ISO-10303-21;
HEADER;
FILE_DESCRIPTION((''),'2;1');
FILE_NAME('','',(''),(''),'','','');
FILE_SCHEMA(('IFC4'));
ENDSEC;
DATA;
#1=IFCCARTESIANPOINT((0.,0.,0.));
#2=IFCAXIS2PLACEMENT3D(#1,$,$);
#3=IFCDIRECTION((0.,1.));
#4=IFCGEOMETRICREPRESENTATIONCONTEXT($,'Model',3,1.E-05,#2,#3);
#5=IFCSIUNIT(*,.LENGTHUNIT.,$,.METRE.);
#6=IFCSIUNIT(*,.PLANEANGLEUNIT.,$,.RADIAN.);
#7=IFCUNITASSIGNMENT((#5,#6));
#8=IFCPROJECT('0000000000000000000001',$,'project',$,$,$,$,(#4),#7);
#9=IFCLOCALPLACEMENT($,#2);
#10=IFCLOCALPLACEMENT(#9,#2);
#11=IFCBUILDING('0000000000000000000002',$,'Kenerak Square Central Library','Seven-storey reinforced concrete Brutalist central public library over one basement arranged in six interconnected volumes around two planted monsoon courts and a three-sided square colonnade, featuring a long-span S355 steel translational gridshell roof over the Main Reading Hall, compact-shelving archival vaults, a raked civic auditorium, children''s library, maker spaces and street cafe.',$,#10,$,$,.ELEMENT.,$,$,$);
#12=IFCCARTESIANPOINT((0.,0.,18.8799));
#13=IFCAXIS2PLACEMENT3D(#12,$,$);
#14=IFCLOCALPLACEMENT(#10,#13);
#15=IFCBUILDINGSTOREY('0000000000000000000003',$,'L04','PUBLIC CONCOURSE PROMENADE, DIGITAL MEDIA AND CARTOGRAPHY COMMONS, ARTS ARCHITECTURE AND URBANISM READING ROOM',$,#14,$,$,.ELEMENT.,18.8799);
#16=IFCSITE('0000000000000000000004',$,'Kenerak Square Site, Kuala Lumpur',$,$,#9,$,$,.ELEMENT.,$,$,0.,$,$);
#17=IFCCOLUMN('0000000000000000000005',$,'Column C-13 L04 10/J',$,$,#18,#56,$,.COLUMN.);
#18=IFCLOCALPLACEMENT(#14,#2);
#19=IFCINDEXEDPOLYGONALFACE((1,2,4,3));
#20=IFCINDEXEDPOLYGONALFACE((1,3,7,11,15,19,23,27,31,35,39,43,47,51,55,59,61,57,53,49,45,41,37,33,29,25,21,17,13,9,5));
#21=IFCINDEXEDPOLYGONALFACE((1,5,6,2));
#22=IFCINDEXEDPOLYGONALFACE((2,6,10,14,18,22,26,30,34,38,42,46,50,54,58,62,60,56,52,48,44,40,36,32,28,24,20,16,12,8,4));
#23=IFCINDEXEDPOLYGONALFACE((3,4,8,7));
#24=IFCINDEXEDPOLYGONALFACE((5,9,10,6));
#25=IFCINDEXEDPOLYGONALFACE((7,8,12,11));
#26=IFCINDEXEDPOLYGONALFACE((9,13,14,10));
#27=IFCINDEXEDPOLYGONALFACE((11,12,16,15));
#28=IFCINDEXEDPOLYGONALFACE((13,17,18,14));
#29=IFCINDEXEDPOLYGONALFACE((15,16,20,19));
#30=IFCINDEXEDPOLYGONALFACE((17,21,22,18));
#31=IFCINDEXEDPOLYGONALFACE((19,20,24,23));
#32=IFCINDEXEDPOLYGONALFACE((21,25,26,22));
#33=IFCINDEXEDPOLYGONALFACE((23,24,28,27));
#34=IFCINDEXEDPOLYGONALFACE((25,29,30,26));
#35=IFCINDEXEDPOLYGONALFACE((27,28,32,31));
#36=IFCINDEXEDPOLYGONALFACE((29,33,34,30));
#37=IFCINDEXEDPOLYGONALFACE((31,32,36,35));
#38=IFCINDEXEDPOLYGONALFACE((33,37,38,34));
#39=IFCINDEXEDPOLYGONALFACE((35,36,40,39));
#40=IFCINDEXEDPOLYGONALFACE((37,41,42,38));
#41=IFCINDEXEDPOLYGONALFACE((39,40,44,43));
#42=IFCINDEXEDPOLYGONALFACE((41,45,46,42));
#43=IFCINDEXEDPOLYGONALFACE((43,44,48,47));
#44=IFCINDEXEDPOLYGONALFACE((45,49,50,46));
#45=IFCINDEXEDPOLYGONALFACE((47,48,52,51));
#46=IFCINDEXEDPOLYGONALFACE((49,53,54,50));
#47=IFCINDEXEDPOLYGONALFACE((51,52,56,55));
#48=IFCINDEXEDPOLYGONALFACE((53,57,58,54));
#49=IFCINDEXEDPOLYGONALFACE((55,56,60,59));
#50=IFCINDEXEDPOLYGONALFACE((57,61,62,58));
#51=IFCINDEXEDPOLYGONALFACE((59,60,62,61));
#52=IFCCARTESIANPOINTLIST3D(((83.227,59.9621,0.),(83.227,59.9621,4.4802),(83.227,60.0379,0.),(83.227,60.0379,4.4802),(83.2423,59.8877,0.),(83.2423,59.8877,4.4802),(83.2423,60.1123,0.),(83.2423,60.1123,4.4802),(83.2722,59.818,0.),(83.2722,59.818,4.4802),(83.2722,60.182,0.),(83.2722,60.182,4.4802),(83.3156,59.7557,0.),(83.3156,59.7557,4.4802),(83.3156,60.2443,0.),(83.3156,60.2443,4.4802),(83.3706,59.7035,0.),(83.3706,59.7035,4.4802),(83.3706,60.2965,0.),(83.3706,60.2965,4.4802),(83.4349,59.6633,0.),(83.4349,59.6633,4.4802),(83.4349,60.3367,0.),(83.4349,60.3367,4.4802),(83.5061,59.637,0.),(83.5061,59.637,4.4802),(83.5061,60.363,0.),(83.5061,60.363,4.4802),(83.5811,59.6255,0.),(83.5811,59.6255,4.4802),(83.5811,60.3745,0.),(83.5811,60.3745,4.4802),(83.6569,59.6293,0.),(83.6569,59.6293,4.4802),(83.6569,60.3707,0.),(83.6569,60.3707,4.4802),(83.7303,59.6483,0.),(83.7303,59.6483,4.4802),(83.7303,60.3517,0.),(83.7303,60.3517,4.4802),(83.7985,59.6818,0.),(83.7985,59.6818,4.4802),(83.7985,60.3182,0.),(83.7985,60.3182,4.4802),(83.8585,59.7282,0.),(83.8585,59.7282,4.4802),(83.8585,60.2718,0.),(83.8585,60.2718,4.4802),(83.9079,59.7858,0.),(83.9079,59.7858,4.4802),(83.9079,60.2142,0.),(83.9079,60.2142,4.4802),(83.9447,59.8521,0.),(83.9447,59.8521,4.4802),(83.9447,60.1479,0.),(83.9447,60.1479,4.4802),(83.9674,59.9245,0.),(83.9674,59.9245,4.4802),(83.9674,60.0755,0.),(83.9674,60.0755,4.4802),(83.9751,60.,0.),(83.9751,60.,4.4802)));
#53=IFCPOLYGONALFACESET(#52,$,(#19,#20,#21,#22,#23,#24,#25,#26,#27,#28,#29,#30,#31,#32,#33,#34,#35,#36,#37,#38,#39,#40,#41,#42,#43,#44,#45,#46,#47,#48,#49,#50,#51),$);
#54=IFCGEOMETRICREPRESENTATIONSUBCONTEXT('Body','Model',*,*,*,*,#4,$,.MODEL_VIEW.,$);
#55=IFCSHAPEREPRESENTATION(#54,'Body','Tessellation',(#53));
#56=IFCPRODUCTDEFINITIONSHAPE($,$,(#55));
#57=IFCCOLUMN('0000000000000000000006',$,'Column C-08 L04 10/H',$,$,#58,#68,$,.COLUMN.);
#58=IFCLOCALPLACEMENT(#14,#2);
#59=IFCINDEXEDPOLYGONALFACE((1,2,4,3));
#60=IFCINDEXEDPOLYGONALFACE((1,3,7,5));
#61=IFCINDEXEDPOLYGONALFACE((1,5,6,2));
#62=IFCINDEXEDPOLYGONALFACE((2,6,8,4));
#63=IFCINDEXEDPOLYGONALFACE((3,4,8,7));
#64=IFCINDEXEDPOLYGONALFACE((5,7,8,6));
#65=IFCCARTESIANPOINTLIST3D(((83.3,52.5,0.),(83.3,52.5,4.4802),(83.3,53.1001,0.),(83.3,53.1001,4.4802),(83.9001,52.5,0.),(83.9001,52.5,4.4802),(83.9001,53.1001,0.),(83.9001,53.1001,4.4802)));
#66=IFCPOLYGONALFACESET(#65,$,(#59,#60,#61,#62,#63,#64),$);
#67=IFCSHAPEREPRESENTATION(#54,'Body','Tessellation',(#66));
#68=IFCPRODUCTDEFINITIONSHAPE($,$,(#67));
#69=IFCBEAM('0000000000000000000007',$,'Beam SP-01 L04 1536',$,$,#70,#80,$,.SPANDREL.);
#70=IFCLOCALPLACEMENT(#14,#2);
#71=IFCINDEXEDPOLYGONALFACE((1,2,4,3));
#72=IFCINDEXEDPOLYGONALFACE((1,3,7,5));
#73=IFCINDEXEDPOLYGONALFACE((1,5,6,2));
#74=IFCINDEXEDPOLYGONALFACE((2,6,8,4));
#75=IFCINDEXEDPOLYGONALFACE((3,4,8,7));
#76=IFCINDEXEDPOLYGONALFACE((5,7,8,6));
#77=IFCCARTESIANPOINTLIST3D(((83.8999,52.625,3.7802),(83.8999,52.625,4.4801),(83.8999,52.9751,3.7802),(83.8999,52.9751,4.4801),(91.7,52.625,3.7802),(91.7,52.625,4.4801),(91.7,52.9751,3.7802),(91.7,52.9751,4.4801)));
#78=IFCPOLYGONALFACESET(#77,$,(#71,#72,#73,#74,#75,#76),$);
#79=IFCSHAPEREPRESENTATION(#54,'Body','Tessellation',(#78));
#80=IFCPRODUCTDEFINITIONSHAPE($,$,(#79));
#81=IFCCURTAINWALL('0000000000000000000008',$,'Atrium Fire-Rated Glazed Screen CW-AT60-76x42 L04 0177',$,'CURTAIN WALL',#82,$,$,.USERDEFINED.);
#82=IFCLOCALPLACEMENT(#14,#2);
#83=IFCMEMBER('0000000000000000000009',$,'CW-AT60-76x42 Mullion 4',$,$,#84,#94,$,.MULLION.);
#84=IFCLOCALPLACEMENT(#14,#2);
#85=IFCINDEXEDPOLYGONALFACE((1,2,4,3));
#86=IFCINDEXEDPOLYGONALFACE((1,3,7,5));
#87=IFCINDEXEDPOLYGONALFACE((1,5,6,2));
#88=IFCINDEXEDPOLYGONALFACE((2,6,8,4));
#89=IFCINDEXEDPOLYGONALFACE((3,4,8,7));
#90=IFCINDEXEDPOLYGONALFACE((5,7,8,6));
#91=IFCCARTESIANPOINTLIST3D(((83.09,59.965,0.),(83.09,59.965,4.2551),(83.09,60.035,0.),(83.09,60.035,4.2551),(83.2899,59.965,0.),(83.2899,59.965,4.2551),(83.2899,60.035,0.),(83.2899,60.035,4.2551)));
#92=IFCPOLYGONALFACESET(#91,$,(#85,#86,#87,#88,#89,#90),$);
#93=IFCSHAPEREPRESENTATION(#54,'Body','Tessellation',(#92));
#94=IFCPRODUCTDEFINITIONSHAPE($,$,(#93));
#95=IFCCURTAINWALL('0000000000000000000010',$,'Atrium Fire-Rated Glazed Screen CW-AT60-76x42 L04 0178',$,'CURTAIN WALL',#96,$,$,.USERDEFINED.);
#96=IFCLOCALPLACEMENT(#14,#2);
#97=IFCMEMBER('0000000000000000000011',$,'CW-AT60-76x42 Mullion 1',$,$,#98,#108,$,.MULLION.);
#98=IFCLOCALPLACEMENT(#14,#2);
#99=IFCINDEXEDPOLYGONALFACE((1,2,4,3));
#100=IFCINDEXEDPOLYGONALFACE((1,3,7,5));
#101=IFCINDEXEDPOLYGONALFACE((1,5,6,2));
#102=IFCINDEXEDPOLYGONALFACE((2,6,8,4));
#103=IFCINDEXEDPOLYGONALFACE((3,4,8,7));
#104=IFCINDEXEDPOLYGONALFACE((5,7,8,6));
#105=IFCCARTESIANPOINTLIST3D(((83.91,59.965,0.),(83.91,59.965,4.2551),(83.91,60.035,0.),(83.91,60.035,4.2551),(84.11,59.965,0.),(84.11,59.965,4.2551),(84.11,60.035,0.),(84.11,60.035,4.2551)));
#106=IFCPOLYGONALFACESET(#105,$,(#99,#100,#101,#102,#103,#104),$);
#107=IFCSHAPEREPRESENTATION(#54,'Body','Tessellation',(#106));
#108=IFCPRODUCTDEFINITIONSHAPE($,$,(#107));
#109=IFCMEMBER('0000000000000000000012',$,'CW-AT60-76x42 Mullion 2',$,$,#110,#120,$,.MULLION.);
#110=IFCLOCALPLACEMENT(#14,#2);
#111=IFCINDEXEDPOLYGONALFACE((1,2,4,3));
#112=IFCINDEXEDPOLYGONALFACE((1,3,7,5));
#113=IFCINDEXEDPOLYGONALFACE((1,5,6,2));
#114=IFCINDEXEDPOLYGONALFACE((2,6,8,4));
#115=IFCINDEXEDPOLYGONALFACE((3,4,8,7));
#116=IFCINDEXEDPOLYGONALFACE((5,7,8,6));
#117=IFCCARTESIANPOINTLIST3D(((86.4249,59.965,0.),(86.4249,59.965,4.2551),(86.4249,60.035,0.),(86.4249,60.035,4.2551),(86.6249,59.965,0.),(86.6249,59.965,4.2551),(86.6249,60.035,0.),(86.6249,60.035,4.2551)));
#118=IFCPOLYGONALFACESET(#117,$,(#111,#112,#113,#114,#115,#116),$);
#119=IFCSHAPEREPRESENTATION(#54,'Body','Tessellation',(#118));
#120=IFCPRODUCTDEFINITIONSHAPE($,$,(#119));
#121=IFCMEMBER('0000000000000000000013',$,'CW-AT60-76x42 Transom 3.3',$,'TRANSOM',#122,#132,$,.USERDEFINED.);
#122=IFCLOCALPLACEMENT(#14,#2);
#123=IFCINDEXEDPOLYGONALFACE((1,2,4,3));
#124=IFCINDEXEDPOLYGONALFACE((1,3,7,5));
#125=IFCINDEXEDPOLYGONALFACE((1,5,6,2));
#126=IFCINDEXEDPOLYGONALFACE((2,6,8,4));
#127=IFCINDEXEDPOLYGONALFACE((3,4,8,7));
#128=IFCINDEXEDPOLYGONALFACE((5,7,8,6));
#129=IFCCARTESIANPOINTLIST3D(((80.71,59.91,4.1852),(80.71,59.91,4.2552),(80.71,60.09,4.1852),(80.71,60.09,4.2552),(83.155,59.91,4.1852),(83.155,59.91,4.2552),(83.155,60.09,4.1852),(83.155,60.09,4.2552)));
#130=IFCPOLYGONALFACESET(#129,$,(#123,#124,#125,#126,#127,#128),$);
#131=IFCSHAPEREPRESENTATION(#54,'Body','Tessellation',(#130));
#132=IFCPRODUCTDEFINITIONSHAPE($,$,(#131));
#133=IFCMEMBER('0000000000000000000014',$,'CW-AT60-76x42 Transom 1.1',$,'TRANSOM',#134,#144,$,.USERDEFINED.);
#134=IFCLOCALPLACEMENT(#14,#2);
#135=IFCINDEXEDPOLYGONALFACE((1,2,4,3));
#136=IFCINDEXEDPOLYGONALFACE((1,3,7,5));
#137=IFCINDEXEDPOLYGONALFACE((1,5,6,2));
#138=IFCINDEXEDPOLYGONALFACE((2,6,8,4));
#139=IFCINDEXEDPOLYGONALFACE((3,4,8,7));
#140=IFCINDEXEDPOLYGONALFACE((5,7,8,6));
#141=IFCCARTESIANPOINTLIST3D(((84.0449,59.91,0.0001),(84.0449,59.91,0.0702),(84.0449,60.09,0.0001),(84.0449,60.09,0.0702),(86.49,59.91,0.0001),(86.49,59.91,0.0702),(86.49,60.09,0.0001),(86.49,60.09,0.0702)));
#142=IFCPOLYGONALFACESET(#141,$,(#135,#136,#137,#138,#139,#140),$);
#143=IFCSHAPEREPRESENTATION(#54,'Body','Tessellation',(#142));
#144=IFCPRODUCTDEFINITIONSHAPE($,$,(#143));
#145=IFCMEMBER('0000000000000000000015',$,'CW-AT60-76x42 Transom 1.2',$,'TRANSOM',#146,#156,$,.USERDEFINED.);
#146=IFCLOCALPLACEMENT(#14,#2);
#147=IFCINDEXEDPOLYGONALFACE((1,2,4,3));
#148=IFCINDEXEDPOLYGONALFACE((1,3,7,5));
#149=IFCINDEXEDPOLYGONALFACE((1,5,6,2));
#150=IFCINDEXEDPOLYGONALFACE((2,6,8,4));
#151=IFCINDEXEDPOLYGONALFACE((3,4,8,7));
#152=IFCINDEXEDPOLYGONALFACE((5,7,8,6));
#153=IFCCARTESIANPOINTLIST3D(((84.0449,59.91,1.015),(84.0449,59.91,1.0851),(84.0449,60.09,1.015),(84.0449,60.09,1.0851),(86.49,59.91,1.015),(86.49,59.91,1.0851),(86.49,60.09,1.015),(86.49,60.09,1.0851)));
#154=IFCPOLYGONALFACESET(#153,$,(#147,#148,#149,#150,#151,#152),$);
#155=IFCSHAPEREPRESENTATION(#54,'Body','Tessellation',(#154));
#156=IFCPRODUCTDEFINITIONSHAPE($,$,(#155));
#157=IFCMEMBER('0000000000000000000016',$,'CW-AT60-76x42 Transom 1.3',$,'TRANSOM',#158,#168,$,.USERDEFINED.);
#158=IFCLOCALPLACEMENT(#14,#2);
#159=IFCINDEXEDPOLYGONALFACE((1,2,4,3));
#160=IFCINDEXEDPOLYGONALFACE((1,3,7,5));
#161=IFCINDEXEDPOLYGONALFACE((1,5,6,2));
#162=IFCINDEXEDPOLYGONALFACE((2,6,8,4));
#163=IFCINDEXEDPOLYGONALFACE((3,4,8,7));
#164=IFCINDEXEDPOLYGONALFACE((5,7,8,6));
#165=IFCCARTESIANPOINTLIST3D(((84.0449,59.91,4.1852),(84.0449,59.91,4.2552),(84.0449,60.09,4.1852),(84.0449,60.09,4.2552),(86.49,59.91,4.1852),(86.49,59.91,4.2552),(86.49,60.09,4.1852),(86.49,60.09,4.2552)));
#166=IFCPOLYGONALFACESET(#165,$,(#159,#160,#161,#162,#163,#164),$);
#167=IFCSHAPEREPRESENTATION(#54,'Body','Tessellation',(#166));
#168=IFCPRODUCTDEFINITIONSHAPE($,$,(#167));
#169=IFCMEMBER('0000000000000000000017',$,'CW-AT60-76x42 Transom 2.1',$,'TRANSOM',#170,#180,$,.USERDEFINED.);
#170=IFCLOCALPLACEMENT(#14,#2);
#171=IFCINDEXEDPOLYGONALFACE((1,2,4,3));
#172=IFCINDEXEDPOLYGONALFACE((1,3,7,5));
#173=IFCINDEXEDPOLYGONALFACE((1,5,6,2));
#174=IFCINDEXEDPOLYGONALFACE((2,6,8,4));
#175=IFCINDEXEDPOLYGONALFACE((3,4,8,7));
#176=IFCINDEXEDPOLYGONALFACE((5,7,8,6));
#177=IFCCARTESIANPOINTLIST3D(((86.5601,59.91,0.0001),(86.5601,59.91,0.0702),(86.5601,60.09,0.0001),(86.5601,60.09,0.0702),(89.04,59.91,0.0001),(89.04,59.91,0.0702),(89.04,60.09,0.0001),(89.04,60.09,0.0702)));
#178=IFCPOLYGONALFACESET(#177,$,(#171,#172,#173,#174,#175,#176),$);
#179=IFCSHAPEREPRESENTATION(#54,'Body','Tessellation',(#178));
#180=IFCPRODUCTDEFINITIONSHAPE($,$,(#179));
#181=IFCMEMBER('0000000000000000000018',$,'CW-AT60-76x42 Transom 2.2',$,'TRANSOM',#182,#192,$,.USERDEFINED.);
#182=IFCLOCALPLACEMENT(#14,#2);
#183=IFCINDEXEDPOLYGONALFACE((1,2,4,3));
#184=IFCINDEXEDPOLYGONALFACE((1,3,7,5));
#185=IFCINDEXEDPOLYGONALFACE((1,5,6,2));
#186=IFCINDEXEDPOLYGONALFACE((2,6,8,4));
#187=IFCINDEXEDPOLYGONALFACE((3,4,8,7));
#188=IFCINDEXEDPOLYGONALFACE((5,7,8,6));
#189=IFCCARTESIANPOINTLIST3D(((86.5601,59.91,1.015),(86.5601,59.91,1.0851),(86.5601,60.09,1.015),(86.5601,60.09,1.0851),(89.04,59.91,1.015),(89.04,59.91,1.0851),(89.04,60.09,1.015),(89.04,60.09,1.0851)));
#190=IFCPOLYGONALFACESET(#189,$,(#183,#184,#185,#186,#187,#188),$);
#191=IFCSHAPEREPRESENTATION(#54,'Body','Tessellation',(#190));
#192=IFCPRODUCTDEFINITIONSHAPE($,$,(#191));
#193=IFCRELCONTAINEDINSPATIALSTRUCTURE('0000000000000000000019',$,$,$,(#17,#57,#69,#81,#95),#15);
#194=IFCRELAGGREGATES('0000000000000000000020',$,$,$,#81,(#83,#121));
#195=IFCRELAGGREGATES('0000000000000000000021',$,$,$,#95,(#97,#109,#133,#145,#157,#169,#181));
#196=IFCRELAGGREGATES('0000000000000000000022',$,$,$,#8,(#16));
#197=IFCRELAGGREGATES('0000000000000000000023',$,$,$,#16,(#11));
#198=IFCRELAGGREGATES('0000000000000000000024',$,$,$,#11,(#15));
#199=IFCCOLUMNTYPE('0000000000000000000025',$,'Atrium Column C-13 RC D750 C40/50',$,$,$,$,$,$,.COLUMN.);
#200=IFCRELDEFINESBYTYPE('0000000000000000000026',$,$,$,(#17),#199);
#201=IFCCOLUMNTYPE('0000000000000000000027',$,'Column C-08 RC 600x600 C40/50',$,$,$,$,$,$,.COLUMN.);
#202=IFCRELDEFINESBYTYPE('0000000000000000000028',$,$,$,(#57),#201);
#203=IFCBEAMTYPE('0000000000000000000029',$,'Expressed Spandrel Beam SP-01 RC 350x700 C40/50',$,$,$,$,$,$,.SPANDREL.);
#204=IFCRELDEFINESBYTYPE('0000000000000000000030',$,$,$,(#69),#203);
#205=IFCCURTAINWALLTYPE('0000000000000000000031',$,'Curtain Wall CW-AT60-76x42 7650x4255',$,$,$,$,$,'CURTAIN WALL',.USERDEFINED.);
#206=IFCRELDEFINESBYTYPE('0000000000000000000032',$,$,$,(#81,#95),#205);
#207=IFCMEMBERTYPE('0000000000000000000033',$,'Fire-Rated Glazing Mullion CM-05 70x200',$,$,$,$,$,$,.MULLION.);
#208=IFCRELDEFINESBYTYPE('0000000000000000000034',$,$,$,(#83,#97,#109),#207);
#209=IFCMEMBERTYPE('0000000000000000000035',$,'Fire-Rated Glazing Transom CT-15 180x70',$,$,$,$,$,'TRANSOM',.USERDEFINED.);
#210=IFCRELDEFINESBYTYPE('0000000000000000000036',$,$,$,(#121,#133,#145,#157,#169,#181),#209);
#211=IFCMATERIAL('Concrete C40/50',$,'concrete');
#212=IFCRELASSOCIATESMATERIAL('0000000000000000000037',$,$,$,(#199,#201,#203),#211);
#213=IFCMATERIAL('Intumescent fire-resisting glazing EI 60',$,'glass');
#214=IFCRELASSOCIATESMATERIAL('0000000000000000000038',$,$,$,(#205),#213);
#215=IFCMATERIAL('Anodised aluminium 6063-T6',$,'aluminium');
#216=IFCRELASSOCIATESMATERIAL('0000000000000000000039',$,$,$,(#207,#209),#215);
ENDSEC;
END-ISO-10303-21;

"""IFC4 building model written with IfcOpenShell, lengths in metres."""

from ifc_helpers import new_model, si_unit, direction, frame, origin, origin_2d, place, context, subcontext, project, spatial, rectangle, circle, extrude, material, material_profile, profile_set, type_object, element, aggregate, save


model = new_model("IFC4")

# Units and contexts
model_context = context("Model", 3, precision=1e-05, world=origin(), true_north=direction((0.0, 1.0)))
body_context = subcontext(model_context, "Body", "Model", "MODEL_VIEW")
ifc_project = project(units=[si_unit("LENGTHUNIT", "METRE"), si_unit("PLANEANGLEUNIT", "RADIAN")], contexts=[model_context])

# Site, building, storey
site_placement = place(None, origin())
site = spatial("IfcSite", under=ifc_project, at=site_placement, Name="Kenerak Square Site, Kuala Lumpur", CompositionType="ELEMENT", RefElevation=0.0)
building_placement = place(site_placement, origin())
building = spatial("IfcBuilding", under=site, at=building_placement, Name="Kenerak Square Central Library", Description="Seven-storey reinforced concrete Brutalist central public library over one basement arranged in six interconnected volumes around two planted monsoon courts and a three-sided square colonnade, featuring a long-span S355 steel translational gridshell roof over the Main Reading Hall, compact-shelving archival vaults, a raked civic auditorium, children's library, maker spaces and street cafe.", CompositionType="ELEMENT")
storey_placement = place(building_placement, frame((0.0, 0.0, 18.8799)))
storey = spatial("IfcBuildingStorey", under=building, at=storey_placement, Name="L04", Description="PUBLIC CONCOURSE PROMENADE, DIGITAL MEDIA AND CARTOGRAPHY COMMONS, ARTS ARCHITECTURE AND URBANISM READING ROOM", CompositionType="ELEMENT", Elevation=18.8799)

# Columns
ifc_material_1 = material(Name="Concrete C40/50", Category="concrete")
ifc_material_profile_1 = material_profile(ifc_material_1, circle(Radius=0.375, at=origin_2d()), Name="RC D750")
ifc_profile_set_1 = profile_set([ifc_material_profile_1], Name="Concrete C40/50")
column_type_1 = type_object("IfcColumnType", Name="Atrium Column C-13 RC D750 C40/50", PredefinedType="COLUMN", material=ifc_profile_set_1)
column_1_placement = place(storey_placement, frame((83.6001, 60.0, 0.0), z_axis=(0.0, 0.0, 1.0), x_axis=(1.0, 0.0, 0.0)))
element("IfcColumn", 1, at=column_1_placement, inside=storey, type_object=column_type_1, Name="Column C-13 L04 10/J", PredefinedType="COLUMN", context=body_context, shape_type="SweptSolid", body=[
    extrude(circle(Radius=0.375, at=origin_2d()), origin(), (0.0, 0.0, 1.0), 4.4802),
])
ifc_material_profile_2 = material_profile(ifc_material_1, rectangle(XDim=0.6001, YDim=0.6001, at=origin_2d()), Name="RC 600x600")
ifc_profile_set_2 = profile_set([ifc_material_profile_2], Name="Concrete C40/50")
column_type_2 = type_object("IfcColumnType", Name="Column C-08 RC 600x600 C40/50", PredefinedType="COLUMN", material=ifc_profile_set_2)
column_2_placement = place(storey_placement, frame((83.6001, 52.8, 0.0), z_axis=(0.0, 0.0, 1.0), x_axis=(1.0, 0.0, 0.0)))
element("IfcColumn", 2, at=column_2_placement, inside=storey, type_object=column_type_2, Name="Column C-08 L04 10/H", PredefinedType="COLUMN", context=body_context, shape_type="SweptSolid", body=[
    extrude(rectangle(XDim=0.6001, YDim=0.6001, at=origin_2d()), origin(), (0.0, 0.0, 1.0), 4.4802),
])

# Beam
ifc_material_profile_3 = material_profile(ifc_material_1, rectangle(XDim=0.3501, YDim=0.7, at=origin_2d()), Name="RC 350x700")
ifc_profile_set_3 = profile_set([ifc_material_profile_3], Name="Concrete C40/50")
beam_type_1 = type_object("IfcBeamType", Name="Expressed Spandrel Beam SP-01 RC 350x700 C40/50", PredefinedType="SPANDREL", material=ifc_profile_set_3)
beam_1_placement = place(storey_placement, frame((83.8999, 52.8, 4.1301), z_axis=(1.0, 0.0, 0.0), x_axis=(0.0, 1.0, 0.0)))
element("IfcBeam", 3, at=beam_1_placement, inside=storey, type_object=beam_type_1, Name="Beam SP-01 L04 1536", PredefinedType="SPANDREL", context=body_context, shape_type="SweptSolid", body=[
    extrude(rectangle(XDim=0.3501, YDim=0.7, at=origin_2d()), origin(), (0.0, 0.0, 1.0), 7.8),
])

# Curtain wall, member
ifc_material_2 = material(Name="Intumescent fire-resisting glazing EI 60", Category="glass")
curtain_wall_type = type_object("IfcCurtainWallType", Name="Curtain Wall CW-AT60-76x42 7650x4255", ElementType="CURTAIN WALL", PredefinedType="USERDEFINED", material=ifc_material_2)
curtain_wall_1_placement = place(storey_placement, origin())
curtain_wall_1 = element("IfcCurtainWall", 4, at=curtain_wall_1_placement, inside=storey, type_object=curtain_wall_type, Name="Atrium Fire-Rated Glazed Screen CW-AT60-76x42 L04 0177", ObjectType="CURTAIN WALL", PredefinedType="USERDEFINED")
ifc_material_3 = material(Name="Anodised aluminium 6063-T6", Category="aluminium")
ifc_material_profile_4 = material_profile(ifc_material_3, rectangle(XDim=0.0701, YDim=0.2, at=origin_2d()), Name="AL MULLION 70x200")
ifc_profile_set_4 = profile_set([ifc_material_profile_4], Name="Anodised aluminium 6063-T6")
member_type_1 = type_object("IfcMemberType", Name="Fire-Rated Glazing Mullion CM-05 70x200", PredefinedType="MULLION", material=ifc_profile_set_4)
member_1_placement = place(storey_placement, frame((83.1899, 60.0, 0.0), z_axis=(0.0, 0.0, 1.0), x_axis=(0.0, 1.0, 0.0)))
member_1 = element("IfcMember", 5, at=member_1_placement, type_object=member_type_1, Name="CW-AT60-76x42 Mullion 4", PredefinedType="MULLION", context=body_context, shape_type="SweptSolid", body=[
    extrude(rectangle(XDim=0.0701, YDim=0.2, at=origin_2d()), origin(), (0.0, 0.0, 1.0), 4.2551),
])

# Curtain wall, members
curtain_wall_2_placement = place(storey_placement, origin())
curtain_wall_2 = element("IfcCurtainWall", 6, at=curtain_wall_2_placement, inside=storey, type_object=curtain_wall_type, Name="Atrium Fire-Rated Glazed Screen CW-AT60-76x42 L04 0178", ObjectType="CURTAIN WALL", PredefinedType="USERDEFINED")
member_2_placement = place(storey_placement, frame((84.01, 60.0, 0.0), z_axis=(0.0, 0.0, 1.0), x_axis=(0.0, 1.0, 0.0)))
member_2 = element("IfcMember", 7, at=member_2_placement, type_object=member_type_1, Name="CW-AT60-76x42 Mullion 1", PredefinedType="MULLION", context=body_context, shape_type="SweptSolid", body=[
    extrude(rectangle(XDim=0.0701, YDim=0.2, at=origin_2d()), origin(), (0.0, 0.0, 1.0), 4.2551),
])
member_3_placement = place(storey_placement, frame((86.5249, 60.0, 0.0), z_axis=(0.0, 0.0, 1.0), x_axis=(0.0, 1.0, 0.0)))
member_3 = element("IfcMember", 8, at=member_3_placement, type_object=member_type_1, Name="CW-AT60-76x42 Mullion 2", PredefinedType="MULLION", context=body_context, shape_type="SweptSolid", body=[
    extrude(rectangle(XDim=0.0701, YDim=0.2, at=origin_2d()), origin(), (0.0, 0.0, 1.0), 4.2551),
])

# Members
ifc_material_profile_5 = material_profile(ifc_material_3, rectangle(XDim=0.1799, YDim=0.0701, at=origin_2d()), Name="AL TRANSOM 180x70")
ifc_profile_set_5 = profile_set([ifc_material_profile_5], Name="Anodised aluminium 6063-T6")
member_type_2 = type_object("IfcMemberType", Name="Fire-Rated Glazing Transom CT-15 180x70", ElementType="TRANSOM", PredefinedType="USERDEFINED", material=ifc_profile_set_5)
member_4_placement = place(storey_placement, frame((80.71, 60.0, 4.2202), z_axis=(1.0, 0.0, 0.0), x_axis=(0.0, 1.0, 0.0)))
member_4 = element("IfcMember", 9, at=member_4_placement, type_object=member_type_2, Name="CW-AT60-76x42 Transom 3.3", ObjectType="TRANSOM", PredefinedType="USERDEFINED", context=body_context, shape_type="SweptSolid", body=[
    extrude(rectangle(XDim=0.1799, YDim=0.0701, at=origin_2d()), origin(), (0.0, 0.0, 1.0), 2.4451),
])
member_5_placement = place(storey_placement, frame((84.0449, 60.0, 0.0352), z_axis=(1.0, 0.0, 0.0), x_axis=(0.0, 1.0, 0.0)))
member_5 = element("IfcMember", 10, at=member_5_placement, type_object=member_type_2, Name="CW-AT60-76x42 Transom 1.1", ObjectType="TRANSOM", PredefinedType="USERDEFINED", context=body_context, shape_type="SweptSolid", body=[
    extrude(rectangle(XDim=0.1799, YDim=0.0701, at=origin_2d()), origin(), (0.0, 0.0, 1.0), 2.4451),
])
member_6_placement = place(storey_placement, frame((84.0449, 60.0, 1.05), z_axis=(1.0, 0.0, 0.0), x_axis=(0.0, 1.0, 0.0)))
member_6 = element("IfcMember", 11, at=member_6_placement, type_object=member_type_2, Name="CW-AT60-76x42 Transom 1.2", ObjectType="TRANSOM", PredefinedType="USERDEFINED", context=body_context, shape_type="SweptSolid", body=[
    extrude(rectangle(XDim=0.1799, YDim=0.0701, at=origin_2d()), origin(), (0.0, 0.0, 1.0), 2.4451),
])
member_7_placement = place(storey_placement, frame((84.0449, 60.0, 4.2202), z_axis=(1.0, 0.0, 0.0), x_axis=(0.0, 1.0, 0.0)))
member_7 = element("IfcMember", 12, at=member_7_placement, type_object=member_type_2, Name="CW-AT60-76x42 Transom 1.3", ObjectType="TRANSOM", PredefinedType="USERDEFINED", context=body_context, shape_type="SweptSolid", body=[
    extrude(rectangle(XDim=0.1799, YDim=0.0701, at=origin_2d()), origin(), (0.0, 0.0, 1.0), 2.4451),
])
member_8_placement = place(storey_placement, frame((86.5601, 60.0, 0.0352), z_axis=(1.0, 0.0, 0.0), x_axis=(0.0, 1.0, 0.0)))
member_8 = element("IfcMember", 13, at=member_8_placement, type_object=member_type_2, Name="CW-AT60-76x42 Transom 2.1", ObjectType="TRANSOM", PredefinedType="USERDEFINED", context=body_context, shape_type="SweptSolid", body=[
    extrude(rectangle(XDim=0.1799, YDim=0.0701, at=origin_2d()), origin(), (0.0, 0.0, 1.0), 2.48),
])
member_9_placement = place(storey_placement, frame((86.5601, 60.0, 1.05), z_axis=(1.0, 0.0, 0.0), x_axis=(0.0, 1.0, 0.0)))
member_9 = element("IfcMember", 14, at=member_9_placement, type_object=member_type_2, Name="CW-AT60-76x42 Transom 2.2", ObjectType="TRANSOM", PredefinedType="USERDEFINED", context=body_context, shape_type="SweptSolid", body=[
    extrude(rectangle(XDim=0.1799, YDim=0.0701, at=origin_2d()), origin(), (0.0, 0.0, 1.0), 2.48),
])

aggregate(curtain_wall_1, [member_1, member_4])
aggregate(curtain_wall_2, [member_2, member_3, member_5, member_6, member_7, member_8, member_9])

save(model, "model.ifc")
